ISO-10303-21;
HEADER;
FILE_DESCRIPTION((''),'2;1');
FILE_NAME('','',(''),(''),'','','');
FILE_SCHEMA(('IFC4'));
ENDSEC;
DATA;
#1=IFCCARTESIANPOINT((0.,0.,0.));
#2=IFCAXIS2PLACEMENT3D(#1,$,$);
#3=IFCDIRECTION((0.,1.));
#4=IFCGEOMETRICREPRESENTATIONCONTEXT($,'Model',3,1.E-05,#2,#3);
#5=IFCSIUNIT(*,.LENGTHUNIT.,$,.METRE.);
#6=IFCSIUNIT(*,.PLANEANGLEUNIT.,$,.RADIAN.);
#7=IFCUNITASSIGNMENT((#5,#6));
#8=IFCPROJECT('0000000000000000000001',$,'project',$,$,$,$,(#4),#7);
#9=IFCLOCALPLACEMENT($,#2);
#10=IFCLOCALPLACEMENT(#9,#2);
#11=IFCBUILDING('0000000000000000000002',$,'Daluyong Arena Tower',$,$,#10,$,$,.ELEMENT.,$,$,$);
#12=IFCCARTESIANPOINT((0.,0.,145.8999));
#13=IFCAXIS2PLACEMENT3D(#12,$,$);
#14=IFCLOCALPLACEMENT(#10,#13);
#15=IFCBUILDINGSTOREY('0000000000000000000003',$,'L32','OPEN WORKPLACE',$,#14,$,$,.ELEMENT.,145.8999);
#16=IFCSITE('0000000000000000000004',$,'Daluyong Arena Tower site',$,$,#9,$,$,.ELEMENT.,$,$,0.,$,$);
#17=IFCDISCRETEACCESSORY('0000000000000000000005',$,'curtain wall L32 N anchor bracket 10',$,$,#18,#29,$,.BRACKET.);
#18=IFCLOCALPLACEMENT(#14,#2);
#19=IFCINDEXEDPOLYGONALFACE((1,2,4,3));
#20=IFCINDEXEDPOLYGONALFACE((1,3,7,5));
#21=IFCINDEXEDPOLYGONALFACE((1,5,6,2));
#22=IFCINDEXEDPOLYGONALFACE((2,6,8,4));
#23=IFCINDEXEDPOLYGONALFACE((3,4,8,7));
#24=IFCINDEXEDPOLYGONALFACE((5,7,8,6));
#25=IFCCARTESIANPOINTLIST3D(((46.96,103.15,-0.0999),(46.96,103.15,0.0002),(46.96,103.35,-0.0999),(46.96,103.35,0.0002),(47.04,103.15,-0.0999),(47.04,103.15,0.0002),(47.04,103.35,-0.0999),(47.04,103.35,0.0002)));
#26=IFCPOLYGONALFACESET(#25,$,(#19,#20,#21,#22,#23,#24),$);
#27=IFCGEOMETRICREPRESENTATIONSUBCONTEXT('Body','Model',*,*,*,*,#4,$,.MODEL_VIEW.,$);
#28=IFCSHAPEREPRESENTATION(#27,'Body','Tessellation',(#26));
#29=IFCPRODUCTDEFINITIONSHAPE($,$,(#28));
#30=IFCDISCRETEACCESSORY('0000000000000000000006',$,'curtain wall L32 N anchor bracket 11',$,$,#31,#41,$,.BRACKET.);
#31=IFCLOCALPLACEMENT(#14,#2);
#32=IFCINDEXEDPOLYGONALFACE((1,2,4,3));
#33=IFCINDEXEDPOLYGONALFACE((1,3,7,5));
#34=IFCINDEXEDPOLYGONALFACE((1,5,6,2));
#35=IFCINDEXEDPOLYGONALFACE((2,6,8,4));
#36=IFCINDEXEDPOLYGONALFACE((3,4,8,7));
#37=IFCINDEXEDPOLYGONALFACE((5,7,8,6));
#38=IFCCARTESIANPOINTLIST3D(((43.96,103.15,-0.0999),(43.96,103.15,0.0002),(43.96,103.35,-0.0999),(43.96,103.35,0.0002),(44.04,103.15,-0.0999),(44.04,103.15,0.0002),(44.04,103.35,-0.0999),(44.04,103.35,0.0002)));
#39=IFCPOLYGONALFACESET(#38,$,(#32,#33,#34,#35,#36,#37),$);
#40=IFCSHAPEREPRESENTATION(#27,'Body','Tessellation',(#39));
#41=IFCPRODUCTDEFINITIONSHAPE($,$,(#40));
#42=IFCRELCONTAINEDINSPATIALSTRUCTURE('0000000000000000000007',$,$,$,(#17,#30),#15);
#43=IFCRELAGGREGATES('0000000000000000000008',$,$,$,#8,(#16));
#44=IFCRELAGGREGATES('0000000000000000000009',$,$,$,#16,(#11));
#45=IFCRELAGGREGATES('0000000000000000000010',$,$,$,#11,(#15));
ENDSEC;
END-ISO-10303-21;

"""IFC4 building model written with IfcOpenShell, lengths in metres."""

from ifc_helpers import new_model, si_unit, direction, frame, origin, origin_2d, place, context, subcontext, project, spatial, rectangle, extrude, element, save


model = new_model("IFC4")

# Units and contexts
model_context = context("Model", 3, precision=1e-05, world=origin(), true_north=direction((0.0, 1.0)))
body_context = subcontext(model_context, "Body", "Model", "MODEL_VIEW")
ifc_project = project(units=[si_unit("LENGTHUNIT", "METRE"), si_unit("PLANEANGLEUNIT", "RADIAN")], contexts=[model_context])

# Site, building, storey
site_placement = place(None, origin())
site = spatial("IfcSite", under=ifc_project, at=site_placement, Name="Daluyong Arena Tower site", CompositionType="ELEMENT", RefElevation=0.0)
building_placement = place(site_placement, origin())
building = spatial("IfcBuilding", under=site, at=building_placement, Name="Daluyong Arena Tower", CompositionType="ELEMENT")
storey_placement = place(building_placement, frame((0.0, 0.0, 145.8999)))
storey = spatial("IfcBuildingStorey", under=building, at=storey_placement, Name="L32", Description="OPEN WORKPLACE", CompositionType="ELEMENT", Elevation=145.8999)

# Discrete accessories
for number, where, z_axis, x_axis, name in (
    (1, (47.0, 103.25, -0.0999), (0.0, 0.0, 1.0), (-1.0, 0.0, 0.0), "curtain wall L32 N anchor bracket 10"),
    (2, (44.0, 103.25, -0.0999), (0.0, 0.0, 1.0), (-1.0, 0.0, 0.0), "curtain wall L32 N anchor bracket 11"),
):
    element("IfcDiscreteAccessory", number, at=place(storey_placement, frame(where, z_axis=z_axis, x_axis=x_axis)), inside=storey, Name=name, PredefinedType="BRACKET", context=body_context, shape_type="SweptSolid", body=[
        extrude(rectangle(XDim=0.0801, YDim=0.2, at=origin_2d()), origin(), (0.0, 0.0, 1.0), 0.1001),
    ])

save(model, "model.ifc")
